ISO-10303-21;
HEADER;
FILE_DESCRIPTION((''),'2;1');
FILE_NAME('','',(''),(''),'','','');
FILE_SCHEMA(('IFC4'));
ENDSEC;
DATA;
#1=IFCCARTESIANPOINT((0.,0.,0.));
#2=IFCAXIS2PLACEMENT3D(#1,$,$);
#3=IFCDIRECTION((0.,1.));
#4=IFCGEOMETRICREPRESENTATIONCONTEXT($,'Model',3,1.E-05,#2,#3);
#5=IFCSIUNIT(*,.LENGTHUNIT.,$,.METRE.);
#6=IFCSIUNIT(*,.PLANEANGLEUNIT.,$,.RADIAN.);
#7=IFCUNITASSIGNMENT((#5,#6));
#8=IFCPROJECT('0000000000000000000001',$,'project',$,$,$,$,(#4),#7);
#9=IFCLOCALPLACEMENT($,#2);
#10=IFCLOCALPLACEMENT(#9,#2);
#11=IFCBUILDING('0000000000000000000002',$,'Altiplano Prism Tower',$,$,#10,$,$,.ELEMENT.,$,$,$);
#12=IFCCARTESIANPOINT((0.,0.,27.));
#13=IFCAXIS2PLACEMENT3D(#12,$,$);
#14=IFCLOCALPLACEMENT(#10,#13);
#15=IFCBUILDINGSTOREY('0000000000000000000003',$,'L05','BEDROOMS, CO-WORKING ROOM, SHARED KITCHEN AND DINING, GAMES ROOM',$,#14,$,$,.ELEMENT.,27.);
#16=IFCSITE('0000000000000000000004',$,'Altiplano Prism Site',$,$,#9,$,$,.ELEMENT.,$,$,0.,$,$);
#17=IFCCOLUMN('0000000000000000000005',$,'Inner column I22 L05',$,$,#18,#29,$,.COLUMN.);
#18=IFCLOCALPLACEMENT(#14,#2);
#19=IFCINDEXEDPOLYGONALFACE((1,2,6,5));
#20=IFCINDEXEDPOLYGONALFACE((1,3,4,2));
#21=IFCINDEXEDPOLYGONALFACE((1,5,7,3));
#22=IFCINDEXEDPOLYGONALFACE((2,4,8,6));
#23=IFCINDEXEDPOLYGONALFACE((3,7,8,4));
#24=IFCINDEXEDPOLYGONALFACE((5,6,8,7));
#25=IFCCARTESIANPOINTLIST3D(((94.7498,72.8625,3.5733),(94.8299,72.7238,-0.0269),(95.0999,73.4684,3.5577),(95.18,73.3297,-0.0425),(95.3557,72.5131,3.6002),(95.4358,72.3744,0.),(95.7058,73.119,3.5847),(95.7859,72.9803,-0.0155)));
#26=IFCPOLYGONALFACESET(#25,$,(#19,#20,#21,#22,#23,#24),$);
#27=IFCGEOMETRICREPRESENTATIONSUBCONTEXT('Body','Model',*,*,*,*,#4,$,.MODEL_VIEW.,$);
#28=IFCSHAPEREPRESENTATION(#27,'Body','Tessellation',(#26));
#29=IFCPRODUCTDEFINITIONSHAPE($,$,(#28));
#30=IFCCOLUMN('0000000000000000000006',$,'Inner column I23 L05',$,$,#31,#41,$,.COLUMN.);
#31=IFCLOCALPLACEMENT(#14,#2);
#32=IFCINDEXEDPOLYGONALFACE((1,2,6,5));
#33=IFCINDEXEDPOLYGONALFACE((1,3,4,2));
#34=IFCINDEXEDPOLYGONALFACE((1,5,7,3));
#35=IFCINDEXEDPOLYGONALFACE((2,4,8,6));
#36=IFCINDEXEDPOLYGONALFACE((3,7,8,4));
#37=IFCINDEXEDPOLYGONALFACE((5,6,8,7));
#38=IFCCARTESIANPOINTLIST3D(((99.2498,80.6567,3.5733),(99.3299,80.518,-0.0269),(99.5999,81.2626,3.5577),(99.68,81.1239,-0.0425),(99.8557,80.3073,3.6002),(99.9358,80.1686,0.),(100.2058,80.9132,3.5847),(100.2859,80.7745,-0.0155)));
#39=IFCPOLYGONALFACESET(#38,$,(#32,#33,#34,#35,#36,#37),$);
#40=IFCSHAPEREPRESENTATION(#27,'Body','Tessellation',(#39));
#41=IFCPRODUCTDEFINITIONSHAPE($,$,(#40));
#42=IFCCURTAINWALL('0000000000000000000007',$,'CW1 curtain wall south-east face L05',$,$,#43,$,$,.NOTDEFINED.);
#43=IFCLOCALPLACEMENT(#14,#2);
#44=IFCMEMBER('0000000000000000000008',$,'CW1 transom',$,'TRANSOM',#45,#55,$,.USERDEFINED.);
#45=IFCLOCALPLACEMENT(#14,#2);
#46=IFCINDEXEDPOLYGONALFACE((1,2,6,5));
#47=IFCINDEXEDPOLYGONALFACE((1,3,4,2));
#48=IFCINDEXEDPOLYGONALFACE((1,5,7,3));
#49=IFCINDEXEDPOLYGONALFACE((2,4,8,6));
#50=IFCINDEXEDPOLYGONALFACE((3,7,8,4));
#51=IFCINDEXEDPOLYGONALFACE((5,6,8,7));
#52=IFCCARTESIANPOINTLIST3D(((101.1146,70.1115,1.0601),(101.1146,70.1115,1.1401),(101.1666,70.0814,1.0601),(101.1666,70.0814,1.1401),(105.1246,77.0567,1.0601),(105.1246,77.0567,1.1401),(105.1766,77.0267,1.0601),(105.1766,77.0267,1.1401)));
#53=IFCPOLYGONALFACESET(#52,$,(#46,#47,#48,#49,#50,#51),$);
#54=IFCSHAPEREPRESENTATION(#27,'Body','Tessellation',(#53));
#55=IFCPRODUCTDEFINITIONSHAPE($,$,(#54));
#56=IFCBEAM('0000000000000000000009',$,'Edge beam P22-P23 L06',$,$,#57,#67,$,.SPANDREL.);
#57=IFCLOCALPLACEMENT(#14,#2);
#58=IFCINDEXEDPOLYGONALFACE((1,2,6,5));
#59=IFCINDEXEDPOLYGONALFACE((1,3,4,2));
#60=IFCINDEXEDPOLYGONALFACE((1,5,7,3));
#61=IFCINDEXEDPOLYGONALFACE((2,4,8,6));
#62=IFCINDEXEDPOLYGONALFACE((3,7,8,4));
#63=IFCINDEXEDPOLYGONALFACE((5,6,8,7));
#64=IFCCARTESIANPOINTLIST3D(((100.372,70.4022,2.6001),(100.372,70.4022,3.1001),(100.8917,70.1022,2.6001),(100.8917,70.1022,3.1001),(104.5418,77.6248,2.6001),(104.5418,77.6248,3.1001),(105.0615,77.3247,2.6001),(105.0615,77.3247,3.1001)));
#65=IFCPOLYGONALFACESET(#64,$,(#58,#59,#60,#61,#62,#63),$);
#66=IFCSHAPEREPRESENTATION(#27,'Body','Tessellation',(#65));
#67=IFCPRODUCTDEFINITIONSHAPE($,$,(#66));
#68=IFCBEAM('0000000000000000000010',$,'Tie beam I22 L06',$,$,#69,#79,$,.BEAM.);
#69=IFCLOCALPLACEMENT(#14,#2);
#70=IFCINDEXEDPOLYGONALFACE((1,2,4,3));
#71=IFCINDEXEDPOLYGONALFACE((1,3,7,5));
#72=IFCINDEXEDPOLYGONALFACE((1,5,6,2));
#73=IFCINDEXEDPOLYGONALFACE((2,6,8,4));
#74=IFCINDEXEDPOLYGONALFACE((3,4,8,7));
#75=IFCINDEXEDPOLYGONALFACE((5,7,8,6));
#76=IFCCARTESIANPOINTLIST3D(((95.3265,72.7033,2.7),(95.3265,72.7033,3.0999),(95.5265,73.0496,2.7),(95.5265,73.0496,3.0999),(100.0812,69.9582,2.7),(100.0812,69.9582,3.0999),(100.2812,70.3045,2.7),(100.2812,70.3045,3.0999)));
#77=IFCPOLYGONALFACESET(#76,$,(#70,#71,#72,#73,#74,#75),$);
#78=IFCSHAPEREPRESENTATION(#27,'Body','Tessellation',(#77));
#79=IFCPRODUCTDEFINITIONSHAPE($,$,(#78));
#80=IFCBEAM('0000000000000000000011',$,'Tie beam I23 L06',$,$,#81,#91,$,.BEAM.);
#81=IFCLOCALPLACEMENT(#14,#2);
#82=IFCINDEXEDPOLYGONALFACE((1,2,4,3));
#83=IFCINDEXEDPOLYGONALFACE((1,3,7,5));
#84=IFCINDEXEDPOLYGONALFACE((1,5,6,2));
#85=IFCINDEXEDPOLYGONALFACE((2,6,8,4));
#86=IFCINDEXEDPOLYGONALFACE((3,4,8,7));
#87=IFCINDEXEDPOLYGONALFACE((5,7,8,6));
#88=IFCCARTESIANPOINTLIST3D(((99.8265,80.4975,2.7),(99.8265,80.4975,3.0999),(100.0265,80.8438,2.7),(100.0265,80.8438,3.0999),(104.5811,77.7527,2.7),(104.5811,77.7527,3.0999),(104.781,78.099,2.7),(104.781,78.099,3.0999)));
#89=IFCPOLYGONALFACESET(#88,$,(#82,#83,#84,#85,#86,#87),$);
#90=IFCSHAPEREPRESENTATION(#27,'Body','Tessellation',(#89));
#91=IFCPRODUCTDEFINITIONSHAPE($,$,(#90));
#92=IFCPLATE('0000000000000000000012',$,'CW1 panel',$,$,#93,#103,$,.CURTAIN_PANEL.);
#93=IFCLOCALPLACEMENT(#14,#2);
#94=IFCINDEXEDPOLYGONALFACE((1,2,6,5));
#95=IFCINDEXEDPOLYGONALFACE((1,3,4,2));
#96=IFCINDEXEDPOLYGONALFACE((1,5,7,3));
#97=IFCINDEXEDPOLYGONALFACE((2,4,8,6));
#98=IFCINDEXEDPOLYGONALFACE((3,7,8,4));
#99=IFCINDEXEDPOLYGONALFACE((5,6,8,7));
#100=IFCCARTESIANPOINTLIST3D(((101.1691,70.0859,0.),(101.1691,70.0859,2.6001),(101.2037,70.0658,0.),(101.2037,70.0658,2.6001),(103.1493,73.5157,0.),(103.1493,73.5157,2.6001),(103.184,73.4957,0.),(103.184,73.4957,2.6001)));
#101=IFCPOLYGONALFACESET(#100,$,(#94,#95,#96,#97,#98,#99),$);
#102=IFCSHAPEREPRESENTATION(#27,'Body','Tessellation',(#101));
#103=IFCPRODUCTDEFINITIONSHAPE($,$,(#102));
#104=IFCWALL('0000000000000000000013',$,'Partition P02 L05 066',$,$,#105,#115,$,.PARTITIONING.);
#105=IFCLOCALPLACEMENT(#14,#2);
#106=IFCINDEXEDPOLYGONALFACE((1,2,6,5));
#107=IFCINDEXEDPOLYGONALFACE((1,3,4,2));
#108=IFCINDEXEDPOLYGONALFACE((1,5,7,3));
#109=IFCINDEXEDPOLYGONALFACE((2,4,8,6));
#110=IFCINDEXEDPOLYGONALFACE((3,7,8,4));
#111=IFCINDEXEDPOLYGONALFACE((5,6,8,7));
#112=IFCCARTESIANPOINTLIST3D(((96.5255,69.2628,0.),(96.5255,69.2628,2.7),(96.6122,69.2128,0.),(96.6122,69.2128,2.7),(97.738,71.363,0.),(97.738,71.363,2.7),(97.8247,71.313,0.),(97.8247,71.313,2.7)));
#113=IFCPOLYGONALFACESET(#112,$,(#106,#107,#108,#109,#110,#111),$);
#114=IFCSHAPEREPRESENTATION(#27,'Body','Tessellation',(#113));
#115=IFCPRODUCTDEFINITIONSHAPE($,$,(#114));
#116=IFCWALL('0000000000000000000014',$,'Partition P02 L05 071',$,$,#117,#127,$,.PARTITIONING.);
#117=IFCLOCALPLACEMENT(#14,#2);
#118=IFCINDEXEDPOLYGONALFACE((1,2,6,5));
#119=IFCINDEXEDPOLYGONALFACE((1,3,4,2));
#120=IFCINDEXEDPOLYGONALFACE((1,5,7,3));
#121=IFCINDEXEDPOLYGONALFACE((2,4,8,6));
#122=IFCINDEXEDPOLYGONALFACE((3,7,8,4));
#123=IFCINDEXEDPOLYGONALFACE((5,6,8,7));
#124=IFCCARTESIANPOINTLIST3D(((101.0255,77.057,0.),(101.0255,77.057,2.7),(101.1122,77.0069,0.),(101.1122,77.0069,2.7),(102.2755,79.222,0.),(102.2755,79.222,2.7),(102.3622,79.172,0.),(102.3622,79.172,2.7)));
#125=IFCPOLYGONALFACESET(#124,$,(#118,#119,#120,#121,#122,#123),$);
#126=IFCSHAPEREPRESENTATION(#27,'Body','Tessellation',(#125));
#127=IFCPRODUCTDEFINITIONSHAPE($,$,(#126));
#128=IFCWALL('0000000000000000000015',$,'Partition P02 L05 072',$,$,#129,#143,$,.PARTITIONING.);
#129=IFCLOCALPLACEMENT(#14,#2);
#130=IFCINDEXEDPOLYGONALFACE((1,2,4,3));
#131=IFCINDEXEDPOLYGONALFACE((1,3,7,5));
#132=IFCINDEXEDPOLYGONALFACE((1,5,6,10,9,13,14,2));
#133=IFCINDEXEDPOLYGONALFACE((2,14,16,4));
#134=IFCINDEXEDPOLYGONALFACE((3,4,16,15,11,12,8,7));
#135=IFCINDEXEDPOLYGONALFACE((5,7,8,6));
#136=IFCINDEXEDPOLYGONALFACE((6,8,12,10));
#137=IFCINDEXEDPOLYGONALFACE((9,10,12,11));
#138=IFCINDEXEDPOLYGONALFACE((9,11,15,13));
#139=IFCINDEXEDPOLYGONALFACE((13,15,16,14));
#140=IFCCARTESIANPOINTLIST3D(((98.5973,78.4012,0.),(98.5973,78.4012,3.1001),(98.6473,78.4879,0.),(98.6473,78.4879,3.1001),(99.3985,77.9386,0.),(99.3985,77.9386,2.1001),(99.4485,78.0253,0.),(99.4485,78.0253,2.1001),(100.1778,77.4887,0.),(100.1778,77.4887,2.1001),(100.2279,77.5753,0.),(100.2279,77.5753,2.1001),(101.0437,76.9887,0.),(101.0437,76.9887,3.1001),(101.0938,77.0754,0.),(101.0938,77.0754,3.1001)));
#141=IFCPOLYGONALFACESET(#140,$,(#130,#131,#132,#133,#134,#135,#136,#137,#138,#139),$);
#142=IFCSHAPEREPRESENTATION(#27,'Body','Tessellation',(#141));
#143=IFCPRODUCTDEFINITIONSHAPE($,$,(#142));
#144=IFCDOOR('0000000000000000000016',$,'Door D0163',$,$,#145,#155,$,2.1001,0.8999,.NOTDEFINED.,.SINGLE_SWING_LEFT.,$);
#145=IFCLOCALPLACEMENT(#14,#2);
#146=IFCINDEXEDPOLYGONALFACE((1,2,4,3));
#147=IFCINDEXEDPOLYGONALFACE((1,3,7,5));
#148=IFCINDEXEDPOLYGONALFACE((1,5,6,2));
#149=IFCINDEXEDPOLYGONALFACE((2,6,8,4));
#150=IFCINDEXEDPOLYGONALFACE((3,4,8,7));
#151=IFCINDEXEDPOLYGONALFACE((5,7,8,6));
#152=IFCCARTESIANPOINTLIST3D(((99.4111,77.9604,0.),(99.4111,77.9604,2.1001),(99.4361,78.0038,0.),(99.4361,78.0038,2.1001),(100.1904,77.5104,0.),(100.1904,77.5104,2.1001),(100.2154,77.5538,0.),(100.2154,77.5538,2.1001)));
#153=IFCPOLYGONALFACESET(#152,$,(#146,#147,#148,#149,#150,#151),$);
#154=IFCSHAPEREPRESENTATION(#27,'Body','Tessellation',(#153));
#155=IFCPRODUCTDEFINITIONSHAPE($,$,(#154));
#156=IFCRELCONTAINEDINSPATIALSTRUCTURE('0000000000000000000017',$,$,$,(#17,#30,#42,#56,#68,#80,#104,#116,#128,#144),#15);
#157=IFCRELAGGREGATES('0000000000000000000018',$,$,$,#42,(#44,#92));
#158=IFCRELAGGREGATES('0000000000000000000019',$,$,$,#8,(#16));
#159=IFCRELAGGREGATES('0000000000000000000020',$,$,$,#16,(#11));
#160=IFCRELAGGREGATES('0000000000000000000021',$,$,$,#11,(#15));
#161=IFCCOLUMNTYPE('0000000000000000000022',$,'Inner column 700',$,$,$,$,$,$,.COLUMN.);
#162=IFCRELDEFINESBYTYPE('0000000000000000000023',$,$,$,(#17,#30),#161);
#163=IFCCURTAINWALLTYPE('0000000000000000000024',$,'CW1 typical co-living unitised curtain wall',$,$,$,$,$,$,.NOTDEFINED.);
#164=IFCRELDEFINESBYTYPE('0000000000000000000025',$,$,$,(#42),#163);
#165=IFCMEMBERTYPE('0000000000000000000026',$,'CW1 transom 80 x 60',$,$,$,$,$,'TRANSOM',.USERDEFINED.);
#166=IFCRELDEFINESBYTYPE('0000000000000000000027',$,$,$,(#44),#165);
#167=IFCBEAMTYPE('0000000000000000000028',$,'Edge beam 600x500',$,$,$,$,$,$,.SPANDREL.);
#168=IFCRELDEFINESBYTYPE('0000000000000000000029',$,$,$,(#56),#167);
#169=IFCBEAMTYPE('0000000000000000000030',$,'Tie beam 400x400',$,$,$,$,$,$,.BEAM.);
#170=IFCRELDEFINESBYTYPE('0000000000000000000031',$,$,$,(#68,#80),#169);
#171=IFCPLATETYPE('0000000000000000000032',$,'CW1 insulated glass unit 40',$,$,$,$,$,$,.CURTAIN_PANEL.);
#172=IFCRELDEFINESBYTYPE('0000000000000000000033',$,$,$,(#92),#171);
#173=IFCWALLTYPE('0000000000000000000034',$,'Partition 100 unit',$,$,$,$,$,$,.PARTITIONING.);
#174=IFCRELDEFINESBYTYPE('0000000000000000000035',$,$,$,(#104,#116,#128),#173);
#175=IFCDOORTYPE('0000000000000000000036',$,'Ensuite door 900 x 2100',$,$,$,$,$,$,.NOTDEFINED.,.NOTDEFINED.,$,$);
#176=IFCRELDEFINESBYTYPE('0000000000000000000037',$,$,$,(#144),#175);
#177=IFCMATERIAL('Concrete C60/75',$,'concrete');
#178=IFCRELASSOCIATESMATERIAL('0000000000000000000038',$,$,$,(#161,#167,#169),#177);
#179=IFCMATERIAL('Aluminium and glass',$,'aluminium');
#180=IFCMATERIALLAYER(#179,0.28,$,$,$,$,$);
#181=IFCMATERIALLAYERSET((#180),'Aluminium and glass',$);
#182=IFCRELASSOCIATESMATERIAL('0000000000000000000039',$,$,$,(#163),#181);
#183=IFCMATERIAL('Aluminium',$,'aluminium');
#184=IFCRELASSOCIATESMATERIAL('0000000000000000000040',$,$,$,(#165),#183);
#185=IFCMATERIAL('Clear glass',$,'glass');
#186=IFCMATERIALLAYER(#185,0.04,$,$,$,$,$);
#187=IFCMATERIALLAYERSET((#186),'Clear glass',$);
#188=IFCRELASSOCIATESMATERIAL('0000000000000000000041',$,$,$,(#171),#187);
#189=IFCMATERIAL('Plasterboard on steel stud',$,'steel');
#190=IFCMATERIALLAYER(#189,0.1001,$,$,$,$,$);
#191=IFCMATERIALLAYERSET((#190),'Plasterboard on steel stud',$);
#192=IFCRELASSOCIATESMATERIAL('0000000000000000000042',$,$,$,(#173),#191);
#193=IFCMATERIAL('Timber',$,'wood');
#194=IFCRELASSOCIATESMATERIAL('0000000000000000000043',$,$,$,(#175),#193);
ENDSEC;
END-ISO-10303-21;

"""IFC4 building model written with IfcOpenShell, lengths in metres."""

from ifc_helpers import new_model, si_unit, direction, frame, frame_2d, origin, origin_2d, place, context, subcontext, project, spatial, rectangle, extrude, material, layer, layer_set, material_profile, profile_set, type_object, element, fill, aggregate, save


model = new_model("IFC4")

# Units and contexts
model_context = context("Model", 3, precision=1e-05, world=origin(), true_north=direction((0.0, 1.0)))
body_context = subcontext(model_context, "Body", "Model", "MODEL_VIEW")
ifc_project = project(units=[si_unit("LENGTHUNIT", "METRE"), si_unit("PLANEANGLEUNIT", "RADIAN")], contexts=[model_context])

# Site, building, storey
site_placement = place(None, origin())
site = spatial("IfcSite", under=ifc_project, at=site_placement, Name="Altiplano Prism Site", CompositionType="ELEMENT", RefElevation=0.0)
building_placement = place(site_placement, origin())
building = spatial("IfcBuilding", under=site, at=building_placement, Name="Altiplano Prism Tower", CompositionType="ELEMENT")
storey_placement = place(building_placement, frame((0.0, 0.0, 27.0)))
storey = spatial("IfcBuildingStorey", under=building, at=storey_placement, Name="L05", Description="BEDROOMS, CO-WORKING ROOM, SHARED KITCHEN AND DINING, GAMES ROOM", CompositionType="ELEMENT", Elevation=27.0)

# Columns
ifc_material_1 = material(Name="Concrete C60/75", Category="concrete")
ifc_material_profile_1 = material_profile(ifc_material_1, rectangle(XDim=0.7, YDim=0.7, at=origin_2d()), Name="Inner column 700")
ifc_profile_set_1 = profile_set([ifc_material_profile_1], Name="Concrete C60/75")
column_type = type_object("IfcColumnType", Name="Inner column 700", PredefinedType="COLUMN", material=ifc_profile_set_1)
for number, where, z_axis, x_axis, name in (
    (1, (95.3079, 72.8521, -0.0212), (-0.022221, 0.038481, 0.999012), (-0.50017, -0.865642, 0.022218), "Inner column I22 L05"),
    (2, (99.8079, 80.6462, -0.0212), (-0.022221, 0.038481, 0.999012), (-0.50017, -0.865642, 0.022218), "Inner column I23 L05"),
):
    element("IfcColumn", number, at=place(storey_placement, frame(where, z_axis=z_axis, x_axis=x_axis)), inside=storey, type_object=column_type, Name=name, PredefinedType="COLUMN", context=body_context, shape_type="SweptSolid", body=[
        extrude(rectangle(XDim=0.7, YDim=0.7, at=origin_2d()), origin(), (0.0, 0.0, 1.0), 3.6038),
    ])

# Curtain wall, member
ifc_material_2 = material(Name="Aluminium and glass", Category="aluminium")
ifc_layer_1 = layer(ifc_material_2, 0.28)
ifc_layer_set_1 = layer_set([ifc_layer_1], Name="Aluminium and glass")
curtain_wall_type = type_object("IfcCurtainWallType", Name="CW1 typical co-living unitised curtain wall", PredefinedType="NOTDEFINED", material=ifc_layer_set_1)
curtain_wall_placement = place(storey_placement, origin())
curtain_wall = element("IfcCurtainWall", 3, at=curtain_wall_placement, inside=storey, type_object=curtain_wall_type, Name="CW1 curtain wall south-east face L05", PredefinedType="NOTDEFINED")
ifc_material_3 = material(Name="Aluminium", Category="aluminium")
ifc_material_profile_2 = material_profile(ifc_material_3, rectangle(XDim=0.0601, YDim=0.0801, at=origin_2d()), Name="CW1 transom 80 x 60")
ifc_profile_set_2 = profile_set([ifc_material_profile_2], Name="Aluminium")
member_type = type_object("IfcMemberType", Name="CW1 transom 80 x 60", ElementType="TRANSOM", PredefinedType="USERDEFINED", material=ifc_profile_set_2)
member_placement = place(storey_placement, frame((101.1406, 70.0964, 1.1001), z_axis=(0.500012, 0.866018, 0.0), x_axis=(-0.866018, 0.500012, 0.0)))
member = element("IfcMember", 4, at=member_placement, type_object=member_type, Name="CW1 transom", ObjectType="TRANSOM", PredefinedType="USERDEFINED", context=body_context, shape_type="SweptSolid", body=[
    extrude(rectangle(XDim=0.0601, YDim=0.0801, at=origin_2d()), origin(), (0.0, 0.0, 1.0), 8.0198),
])

# Beams
ifc_material_profile_3 = material_profile(ifc_material_1, rectangle(XDim=0.6001, YDim=0.5, at=origin_2d()), Name="Edge beam 600x500")
ifc_profile_set_3 = profile_set([ifc_material_profile_3], Name="Concrete C60/75")
beam_type_1 = type_object("IfcBeamType", Name="Edge beam 600x500", PredefinedType="SPANDREL", material=ifc_profile_set_3)
beam_1_placement = place(storey_placement, frame((100.6318, 70.2522, 2.8501), z_axis=(0.499993, 0.86603, 0.0), x_axis=(-0.86603, 0.499993, 0.0)))
element("IfcBeam", 5, at=beam_1_placement, inside=storey, type_object=beam_type_1, Name="Edge beam P22-P23 L06", PredefinedType="SPANDREL", context=body_context, shape_type="SweptSolid", body=[
    extrude(rectangle(XDim=0.6001, YDim=0.5, at=origin_2d()), origin(), (0.0, 0.0, 1.0), 8.3398),
])
ifc_material_profile_4 = material_profile(ifc_material_1, rectangle(XDim=0.3999, YDim=0.3999, at=origin_2d()), Name="Tie beam 400x400")
ifc_profile_set_4 = profile_set([ifc_material_profile_4], Name="Concrete C60/75")
beam_type_2 = type_object("IfcBeamType", Name="Tie beam 400x400", PredefinedType="BEAM", material=ifc_profile_set_4)
beam_2_placement = place(storey_placement, frame((95.4265, 72.8765, 2.8999), z_axis=(0.866023, -0.500003, 0.0), x_axis=(0.500003, 0.866023, 0.0)))
element("IfcBeam", 6, at=beam_2_placement, inside=storey, type_object=beam_type_2, Name="Tie beam I22 L06", PredefinedType="BEAM", context=body_context, shape_type="SweptSolid", body=[
    extrude(rectangle(XDim=0.3999, YDim=0.3999, at=origin_2d()), origin(), (0.0, 0.0, 1.0), 5.4902),
])
beam_3_placement = place(storey_placement, frame((99.9265, 80.6707, 2.8999), z_axis=(0.866043, -0.49997, 0.0), x_axis=(0.49997, 0.866043, 0.0)))
element("IfcBeam", 7, at=beam_3_placement, inside=storey, type_object=beam_type_2, Name="Tie beam I23 L06", PredefinedType="BEAM", context=body_context, shape_type="SweptSolid", body=[
    extrude(rectangle(XDim=0.3999, YDim=0.3999, at=origin_2d()), origin(), (0.0, 0.0, 1.0), 5.49),
])

# Plate
ifc_material_4 = material(Name="Clear glass", Category="glass")
ifc_layer_2 = layer(ifc_material_4, 0.04)
ifc_layer_set_2 = layer_set([ifc_layer_2], Name="Clear glass")
plate_type = type_object("IfcPlateType", Name="CW1 insulated glass unit 40", PredefinedType="CURTAIN_PANEL", material=ifc_layer_set_2)
plate_placement = place(storey_placement, frame((102.1765, 71.7908, 0.0), z_axis=(0.0, 0.0, 1.0), x_axis=(0.5, 0.866025, 0.0)))
plate = element("IfcPlate", 8, at=plate_placement, type_object=plate_type, Name="CW1 panel", PredefinedType="CURTAIN_PANEL", context=body_context, shape_type="SweptSolid", body=[
    extrude(rectangle(XDim=3.9604, YDim=0.04, at=origin_2d()), origin(), (0.0, 0.0, 1.0), 2.6001),
])
aggregate(curtain_wall, [member, plate])

# Walls
ifc_material_5 = material(Name="Plasterboard on steel stud", Category="steel")
ifc_layer_3 = layer(ifc_material_5, 0.1001)
ifc_layer_set_3 = layer_set([ifc_layer_3], Name="Plasterboard on steel stud")
wall_type_1 = type_object("IfcWallType", Name="Partition 100 unit", PredefinedType="PARTITIONING", material=ifc_layer_set_3)
wall_1_placement = place(storey_placement, frame((97.7812, 71.3379, 0.0), z_axis=(0.0, 0.0, 1.0), x_axis=(-0.499972, -0.866041, 0.0)))
element("IfcWall", 9, at=wall_1_placement, inside=storey, type_object=wall_type_1, Name="Partition P02 L05 066", PredefinedType="PARTITIONING", context=body_context, shape_type="SweptSolid", body=[
    extrude(rectangle(XDim=2.425, YDim=0.1001, at=frame_2d((1.2124, 0.0))), origin(), (0.0, 0.0, 1.0), 2.7),
])
wall_2_placement = place(storey_placement, frame((102.3188, 79.197, 0.0), z_axis=(0.0, 0.0, 1.0), x_axis=(-0.500004, -0.866023, 0.0)))
element("IfcWall", 10, at=wall_2_placement, inside=storey, type_object=wall_type_1, Name="Partition P02 L05 071", PredefinedType="PARTITIONING", context=body_context, shape_type="SweptSolid", body=[
    extrude(rectangle(XDim=2.5, YDim=0.1001, at=frame_2d((1.25, 0.0))), origin(), (0.0, 0.0, 1.0), 2.7),
])

# Wall, opening, door
wall_3_placement = place(storey_placement, frame((101.0688, 77.032, 0.0), z_axis=(0.0, 0.0, 1.0), x_axis=(-0.866011, 0.500024, 0.0)))
wall_3 = element("IfcWall", 11, at=wall_3_placement, inside=storey, type_object=wall_type_1, Name="Partition P02 L05 072", PredefinedType="PARTITIONING", context=body_context, shape_type="SweptSolid", body=[
    extrude(rectangle(XDim=2.825, YDim=0.1001, at=frame_2d((1.4126, 0.0))), origin(), (0.0, 0.0, 1.0), 3.1001),
])
opening_1_placement = place(wall_3_placement, frame((1.0, 0.0, 0.0)))
opening_1 = element("IfcOpeningElement", 12, at=opening_1_placement, cuts=wall_3, PredefinedType="OPENING", context=body_context, shape_type="SweptSolid", body=[
    extrude(rectangle(XDim=0.8999, YDim=2.1001, at=frame_2d((0.45, 1.05))), frame((0.0, 0.0605, 0.0), z_axis=(0.0, -1.0, 0.0), x_axis=(1.0, 0.0, 0.0)), (0.0, 0.0, 1.0), 0.1211),
])
ifc_material_6 = material(Name="Timber", Category="wood")
door_type = type_object("IfcDoorType", Name="Ensuite door 900 x 2100", OperationType="NOTDEFINED", PredefinedType="NOTDEFINED", material=ifc_material_6)
door_1_placement = place(opening_1_placement, origin())
door_1 = element("IfcDoor", 13, at=door_1_placement, inside=storey, type_object=door_type, Name="Door D0163", OperationType="SINGLE_SWING_LEFT", OverallHeight=2.1001, OverallWidth=0.8999, PredefinedType="NOTDEFINED", context=body_context, shape_type="SweptSolid", body=[
    extrude(rectangle(XDim=0.8999, YDim=2.1001, at=frame_2d((0.45, 1.05))), frame((0.0, 0.0249, 0.0), z_axis=(0.0, -1.0, 0.0), x_axis=(1.0, 0.0, 0.0)), (0.0, 0.0, 1.0), 0.05),
])
fill(opening_1, door_1)

save(model, "model.ifc")
